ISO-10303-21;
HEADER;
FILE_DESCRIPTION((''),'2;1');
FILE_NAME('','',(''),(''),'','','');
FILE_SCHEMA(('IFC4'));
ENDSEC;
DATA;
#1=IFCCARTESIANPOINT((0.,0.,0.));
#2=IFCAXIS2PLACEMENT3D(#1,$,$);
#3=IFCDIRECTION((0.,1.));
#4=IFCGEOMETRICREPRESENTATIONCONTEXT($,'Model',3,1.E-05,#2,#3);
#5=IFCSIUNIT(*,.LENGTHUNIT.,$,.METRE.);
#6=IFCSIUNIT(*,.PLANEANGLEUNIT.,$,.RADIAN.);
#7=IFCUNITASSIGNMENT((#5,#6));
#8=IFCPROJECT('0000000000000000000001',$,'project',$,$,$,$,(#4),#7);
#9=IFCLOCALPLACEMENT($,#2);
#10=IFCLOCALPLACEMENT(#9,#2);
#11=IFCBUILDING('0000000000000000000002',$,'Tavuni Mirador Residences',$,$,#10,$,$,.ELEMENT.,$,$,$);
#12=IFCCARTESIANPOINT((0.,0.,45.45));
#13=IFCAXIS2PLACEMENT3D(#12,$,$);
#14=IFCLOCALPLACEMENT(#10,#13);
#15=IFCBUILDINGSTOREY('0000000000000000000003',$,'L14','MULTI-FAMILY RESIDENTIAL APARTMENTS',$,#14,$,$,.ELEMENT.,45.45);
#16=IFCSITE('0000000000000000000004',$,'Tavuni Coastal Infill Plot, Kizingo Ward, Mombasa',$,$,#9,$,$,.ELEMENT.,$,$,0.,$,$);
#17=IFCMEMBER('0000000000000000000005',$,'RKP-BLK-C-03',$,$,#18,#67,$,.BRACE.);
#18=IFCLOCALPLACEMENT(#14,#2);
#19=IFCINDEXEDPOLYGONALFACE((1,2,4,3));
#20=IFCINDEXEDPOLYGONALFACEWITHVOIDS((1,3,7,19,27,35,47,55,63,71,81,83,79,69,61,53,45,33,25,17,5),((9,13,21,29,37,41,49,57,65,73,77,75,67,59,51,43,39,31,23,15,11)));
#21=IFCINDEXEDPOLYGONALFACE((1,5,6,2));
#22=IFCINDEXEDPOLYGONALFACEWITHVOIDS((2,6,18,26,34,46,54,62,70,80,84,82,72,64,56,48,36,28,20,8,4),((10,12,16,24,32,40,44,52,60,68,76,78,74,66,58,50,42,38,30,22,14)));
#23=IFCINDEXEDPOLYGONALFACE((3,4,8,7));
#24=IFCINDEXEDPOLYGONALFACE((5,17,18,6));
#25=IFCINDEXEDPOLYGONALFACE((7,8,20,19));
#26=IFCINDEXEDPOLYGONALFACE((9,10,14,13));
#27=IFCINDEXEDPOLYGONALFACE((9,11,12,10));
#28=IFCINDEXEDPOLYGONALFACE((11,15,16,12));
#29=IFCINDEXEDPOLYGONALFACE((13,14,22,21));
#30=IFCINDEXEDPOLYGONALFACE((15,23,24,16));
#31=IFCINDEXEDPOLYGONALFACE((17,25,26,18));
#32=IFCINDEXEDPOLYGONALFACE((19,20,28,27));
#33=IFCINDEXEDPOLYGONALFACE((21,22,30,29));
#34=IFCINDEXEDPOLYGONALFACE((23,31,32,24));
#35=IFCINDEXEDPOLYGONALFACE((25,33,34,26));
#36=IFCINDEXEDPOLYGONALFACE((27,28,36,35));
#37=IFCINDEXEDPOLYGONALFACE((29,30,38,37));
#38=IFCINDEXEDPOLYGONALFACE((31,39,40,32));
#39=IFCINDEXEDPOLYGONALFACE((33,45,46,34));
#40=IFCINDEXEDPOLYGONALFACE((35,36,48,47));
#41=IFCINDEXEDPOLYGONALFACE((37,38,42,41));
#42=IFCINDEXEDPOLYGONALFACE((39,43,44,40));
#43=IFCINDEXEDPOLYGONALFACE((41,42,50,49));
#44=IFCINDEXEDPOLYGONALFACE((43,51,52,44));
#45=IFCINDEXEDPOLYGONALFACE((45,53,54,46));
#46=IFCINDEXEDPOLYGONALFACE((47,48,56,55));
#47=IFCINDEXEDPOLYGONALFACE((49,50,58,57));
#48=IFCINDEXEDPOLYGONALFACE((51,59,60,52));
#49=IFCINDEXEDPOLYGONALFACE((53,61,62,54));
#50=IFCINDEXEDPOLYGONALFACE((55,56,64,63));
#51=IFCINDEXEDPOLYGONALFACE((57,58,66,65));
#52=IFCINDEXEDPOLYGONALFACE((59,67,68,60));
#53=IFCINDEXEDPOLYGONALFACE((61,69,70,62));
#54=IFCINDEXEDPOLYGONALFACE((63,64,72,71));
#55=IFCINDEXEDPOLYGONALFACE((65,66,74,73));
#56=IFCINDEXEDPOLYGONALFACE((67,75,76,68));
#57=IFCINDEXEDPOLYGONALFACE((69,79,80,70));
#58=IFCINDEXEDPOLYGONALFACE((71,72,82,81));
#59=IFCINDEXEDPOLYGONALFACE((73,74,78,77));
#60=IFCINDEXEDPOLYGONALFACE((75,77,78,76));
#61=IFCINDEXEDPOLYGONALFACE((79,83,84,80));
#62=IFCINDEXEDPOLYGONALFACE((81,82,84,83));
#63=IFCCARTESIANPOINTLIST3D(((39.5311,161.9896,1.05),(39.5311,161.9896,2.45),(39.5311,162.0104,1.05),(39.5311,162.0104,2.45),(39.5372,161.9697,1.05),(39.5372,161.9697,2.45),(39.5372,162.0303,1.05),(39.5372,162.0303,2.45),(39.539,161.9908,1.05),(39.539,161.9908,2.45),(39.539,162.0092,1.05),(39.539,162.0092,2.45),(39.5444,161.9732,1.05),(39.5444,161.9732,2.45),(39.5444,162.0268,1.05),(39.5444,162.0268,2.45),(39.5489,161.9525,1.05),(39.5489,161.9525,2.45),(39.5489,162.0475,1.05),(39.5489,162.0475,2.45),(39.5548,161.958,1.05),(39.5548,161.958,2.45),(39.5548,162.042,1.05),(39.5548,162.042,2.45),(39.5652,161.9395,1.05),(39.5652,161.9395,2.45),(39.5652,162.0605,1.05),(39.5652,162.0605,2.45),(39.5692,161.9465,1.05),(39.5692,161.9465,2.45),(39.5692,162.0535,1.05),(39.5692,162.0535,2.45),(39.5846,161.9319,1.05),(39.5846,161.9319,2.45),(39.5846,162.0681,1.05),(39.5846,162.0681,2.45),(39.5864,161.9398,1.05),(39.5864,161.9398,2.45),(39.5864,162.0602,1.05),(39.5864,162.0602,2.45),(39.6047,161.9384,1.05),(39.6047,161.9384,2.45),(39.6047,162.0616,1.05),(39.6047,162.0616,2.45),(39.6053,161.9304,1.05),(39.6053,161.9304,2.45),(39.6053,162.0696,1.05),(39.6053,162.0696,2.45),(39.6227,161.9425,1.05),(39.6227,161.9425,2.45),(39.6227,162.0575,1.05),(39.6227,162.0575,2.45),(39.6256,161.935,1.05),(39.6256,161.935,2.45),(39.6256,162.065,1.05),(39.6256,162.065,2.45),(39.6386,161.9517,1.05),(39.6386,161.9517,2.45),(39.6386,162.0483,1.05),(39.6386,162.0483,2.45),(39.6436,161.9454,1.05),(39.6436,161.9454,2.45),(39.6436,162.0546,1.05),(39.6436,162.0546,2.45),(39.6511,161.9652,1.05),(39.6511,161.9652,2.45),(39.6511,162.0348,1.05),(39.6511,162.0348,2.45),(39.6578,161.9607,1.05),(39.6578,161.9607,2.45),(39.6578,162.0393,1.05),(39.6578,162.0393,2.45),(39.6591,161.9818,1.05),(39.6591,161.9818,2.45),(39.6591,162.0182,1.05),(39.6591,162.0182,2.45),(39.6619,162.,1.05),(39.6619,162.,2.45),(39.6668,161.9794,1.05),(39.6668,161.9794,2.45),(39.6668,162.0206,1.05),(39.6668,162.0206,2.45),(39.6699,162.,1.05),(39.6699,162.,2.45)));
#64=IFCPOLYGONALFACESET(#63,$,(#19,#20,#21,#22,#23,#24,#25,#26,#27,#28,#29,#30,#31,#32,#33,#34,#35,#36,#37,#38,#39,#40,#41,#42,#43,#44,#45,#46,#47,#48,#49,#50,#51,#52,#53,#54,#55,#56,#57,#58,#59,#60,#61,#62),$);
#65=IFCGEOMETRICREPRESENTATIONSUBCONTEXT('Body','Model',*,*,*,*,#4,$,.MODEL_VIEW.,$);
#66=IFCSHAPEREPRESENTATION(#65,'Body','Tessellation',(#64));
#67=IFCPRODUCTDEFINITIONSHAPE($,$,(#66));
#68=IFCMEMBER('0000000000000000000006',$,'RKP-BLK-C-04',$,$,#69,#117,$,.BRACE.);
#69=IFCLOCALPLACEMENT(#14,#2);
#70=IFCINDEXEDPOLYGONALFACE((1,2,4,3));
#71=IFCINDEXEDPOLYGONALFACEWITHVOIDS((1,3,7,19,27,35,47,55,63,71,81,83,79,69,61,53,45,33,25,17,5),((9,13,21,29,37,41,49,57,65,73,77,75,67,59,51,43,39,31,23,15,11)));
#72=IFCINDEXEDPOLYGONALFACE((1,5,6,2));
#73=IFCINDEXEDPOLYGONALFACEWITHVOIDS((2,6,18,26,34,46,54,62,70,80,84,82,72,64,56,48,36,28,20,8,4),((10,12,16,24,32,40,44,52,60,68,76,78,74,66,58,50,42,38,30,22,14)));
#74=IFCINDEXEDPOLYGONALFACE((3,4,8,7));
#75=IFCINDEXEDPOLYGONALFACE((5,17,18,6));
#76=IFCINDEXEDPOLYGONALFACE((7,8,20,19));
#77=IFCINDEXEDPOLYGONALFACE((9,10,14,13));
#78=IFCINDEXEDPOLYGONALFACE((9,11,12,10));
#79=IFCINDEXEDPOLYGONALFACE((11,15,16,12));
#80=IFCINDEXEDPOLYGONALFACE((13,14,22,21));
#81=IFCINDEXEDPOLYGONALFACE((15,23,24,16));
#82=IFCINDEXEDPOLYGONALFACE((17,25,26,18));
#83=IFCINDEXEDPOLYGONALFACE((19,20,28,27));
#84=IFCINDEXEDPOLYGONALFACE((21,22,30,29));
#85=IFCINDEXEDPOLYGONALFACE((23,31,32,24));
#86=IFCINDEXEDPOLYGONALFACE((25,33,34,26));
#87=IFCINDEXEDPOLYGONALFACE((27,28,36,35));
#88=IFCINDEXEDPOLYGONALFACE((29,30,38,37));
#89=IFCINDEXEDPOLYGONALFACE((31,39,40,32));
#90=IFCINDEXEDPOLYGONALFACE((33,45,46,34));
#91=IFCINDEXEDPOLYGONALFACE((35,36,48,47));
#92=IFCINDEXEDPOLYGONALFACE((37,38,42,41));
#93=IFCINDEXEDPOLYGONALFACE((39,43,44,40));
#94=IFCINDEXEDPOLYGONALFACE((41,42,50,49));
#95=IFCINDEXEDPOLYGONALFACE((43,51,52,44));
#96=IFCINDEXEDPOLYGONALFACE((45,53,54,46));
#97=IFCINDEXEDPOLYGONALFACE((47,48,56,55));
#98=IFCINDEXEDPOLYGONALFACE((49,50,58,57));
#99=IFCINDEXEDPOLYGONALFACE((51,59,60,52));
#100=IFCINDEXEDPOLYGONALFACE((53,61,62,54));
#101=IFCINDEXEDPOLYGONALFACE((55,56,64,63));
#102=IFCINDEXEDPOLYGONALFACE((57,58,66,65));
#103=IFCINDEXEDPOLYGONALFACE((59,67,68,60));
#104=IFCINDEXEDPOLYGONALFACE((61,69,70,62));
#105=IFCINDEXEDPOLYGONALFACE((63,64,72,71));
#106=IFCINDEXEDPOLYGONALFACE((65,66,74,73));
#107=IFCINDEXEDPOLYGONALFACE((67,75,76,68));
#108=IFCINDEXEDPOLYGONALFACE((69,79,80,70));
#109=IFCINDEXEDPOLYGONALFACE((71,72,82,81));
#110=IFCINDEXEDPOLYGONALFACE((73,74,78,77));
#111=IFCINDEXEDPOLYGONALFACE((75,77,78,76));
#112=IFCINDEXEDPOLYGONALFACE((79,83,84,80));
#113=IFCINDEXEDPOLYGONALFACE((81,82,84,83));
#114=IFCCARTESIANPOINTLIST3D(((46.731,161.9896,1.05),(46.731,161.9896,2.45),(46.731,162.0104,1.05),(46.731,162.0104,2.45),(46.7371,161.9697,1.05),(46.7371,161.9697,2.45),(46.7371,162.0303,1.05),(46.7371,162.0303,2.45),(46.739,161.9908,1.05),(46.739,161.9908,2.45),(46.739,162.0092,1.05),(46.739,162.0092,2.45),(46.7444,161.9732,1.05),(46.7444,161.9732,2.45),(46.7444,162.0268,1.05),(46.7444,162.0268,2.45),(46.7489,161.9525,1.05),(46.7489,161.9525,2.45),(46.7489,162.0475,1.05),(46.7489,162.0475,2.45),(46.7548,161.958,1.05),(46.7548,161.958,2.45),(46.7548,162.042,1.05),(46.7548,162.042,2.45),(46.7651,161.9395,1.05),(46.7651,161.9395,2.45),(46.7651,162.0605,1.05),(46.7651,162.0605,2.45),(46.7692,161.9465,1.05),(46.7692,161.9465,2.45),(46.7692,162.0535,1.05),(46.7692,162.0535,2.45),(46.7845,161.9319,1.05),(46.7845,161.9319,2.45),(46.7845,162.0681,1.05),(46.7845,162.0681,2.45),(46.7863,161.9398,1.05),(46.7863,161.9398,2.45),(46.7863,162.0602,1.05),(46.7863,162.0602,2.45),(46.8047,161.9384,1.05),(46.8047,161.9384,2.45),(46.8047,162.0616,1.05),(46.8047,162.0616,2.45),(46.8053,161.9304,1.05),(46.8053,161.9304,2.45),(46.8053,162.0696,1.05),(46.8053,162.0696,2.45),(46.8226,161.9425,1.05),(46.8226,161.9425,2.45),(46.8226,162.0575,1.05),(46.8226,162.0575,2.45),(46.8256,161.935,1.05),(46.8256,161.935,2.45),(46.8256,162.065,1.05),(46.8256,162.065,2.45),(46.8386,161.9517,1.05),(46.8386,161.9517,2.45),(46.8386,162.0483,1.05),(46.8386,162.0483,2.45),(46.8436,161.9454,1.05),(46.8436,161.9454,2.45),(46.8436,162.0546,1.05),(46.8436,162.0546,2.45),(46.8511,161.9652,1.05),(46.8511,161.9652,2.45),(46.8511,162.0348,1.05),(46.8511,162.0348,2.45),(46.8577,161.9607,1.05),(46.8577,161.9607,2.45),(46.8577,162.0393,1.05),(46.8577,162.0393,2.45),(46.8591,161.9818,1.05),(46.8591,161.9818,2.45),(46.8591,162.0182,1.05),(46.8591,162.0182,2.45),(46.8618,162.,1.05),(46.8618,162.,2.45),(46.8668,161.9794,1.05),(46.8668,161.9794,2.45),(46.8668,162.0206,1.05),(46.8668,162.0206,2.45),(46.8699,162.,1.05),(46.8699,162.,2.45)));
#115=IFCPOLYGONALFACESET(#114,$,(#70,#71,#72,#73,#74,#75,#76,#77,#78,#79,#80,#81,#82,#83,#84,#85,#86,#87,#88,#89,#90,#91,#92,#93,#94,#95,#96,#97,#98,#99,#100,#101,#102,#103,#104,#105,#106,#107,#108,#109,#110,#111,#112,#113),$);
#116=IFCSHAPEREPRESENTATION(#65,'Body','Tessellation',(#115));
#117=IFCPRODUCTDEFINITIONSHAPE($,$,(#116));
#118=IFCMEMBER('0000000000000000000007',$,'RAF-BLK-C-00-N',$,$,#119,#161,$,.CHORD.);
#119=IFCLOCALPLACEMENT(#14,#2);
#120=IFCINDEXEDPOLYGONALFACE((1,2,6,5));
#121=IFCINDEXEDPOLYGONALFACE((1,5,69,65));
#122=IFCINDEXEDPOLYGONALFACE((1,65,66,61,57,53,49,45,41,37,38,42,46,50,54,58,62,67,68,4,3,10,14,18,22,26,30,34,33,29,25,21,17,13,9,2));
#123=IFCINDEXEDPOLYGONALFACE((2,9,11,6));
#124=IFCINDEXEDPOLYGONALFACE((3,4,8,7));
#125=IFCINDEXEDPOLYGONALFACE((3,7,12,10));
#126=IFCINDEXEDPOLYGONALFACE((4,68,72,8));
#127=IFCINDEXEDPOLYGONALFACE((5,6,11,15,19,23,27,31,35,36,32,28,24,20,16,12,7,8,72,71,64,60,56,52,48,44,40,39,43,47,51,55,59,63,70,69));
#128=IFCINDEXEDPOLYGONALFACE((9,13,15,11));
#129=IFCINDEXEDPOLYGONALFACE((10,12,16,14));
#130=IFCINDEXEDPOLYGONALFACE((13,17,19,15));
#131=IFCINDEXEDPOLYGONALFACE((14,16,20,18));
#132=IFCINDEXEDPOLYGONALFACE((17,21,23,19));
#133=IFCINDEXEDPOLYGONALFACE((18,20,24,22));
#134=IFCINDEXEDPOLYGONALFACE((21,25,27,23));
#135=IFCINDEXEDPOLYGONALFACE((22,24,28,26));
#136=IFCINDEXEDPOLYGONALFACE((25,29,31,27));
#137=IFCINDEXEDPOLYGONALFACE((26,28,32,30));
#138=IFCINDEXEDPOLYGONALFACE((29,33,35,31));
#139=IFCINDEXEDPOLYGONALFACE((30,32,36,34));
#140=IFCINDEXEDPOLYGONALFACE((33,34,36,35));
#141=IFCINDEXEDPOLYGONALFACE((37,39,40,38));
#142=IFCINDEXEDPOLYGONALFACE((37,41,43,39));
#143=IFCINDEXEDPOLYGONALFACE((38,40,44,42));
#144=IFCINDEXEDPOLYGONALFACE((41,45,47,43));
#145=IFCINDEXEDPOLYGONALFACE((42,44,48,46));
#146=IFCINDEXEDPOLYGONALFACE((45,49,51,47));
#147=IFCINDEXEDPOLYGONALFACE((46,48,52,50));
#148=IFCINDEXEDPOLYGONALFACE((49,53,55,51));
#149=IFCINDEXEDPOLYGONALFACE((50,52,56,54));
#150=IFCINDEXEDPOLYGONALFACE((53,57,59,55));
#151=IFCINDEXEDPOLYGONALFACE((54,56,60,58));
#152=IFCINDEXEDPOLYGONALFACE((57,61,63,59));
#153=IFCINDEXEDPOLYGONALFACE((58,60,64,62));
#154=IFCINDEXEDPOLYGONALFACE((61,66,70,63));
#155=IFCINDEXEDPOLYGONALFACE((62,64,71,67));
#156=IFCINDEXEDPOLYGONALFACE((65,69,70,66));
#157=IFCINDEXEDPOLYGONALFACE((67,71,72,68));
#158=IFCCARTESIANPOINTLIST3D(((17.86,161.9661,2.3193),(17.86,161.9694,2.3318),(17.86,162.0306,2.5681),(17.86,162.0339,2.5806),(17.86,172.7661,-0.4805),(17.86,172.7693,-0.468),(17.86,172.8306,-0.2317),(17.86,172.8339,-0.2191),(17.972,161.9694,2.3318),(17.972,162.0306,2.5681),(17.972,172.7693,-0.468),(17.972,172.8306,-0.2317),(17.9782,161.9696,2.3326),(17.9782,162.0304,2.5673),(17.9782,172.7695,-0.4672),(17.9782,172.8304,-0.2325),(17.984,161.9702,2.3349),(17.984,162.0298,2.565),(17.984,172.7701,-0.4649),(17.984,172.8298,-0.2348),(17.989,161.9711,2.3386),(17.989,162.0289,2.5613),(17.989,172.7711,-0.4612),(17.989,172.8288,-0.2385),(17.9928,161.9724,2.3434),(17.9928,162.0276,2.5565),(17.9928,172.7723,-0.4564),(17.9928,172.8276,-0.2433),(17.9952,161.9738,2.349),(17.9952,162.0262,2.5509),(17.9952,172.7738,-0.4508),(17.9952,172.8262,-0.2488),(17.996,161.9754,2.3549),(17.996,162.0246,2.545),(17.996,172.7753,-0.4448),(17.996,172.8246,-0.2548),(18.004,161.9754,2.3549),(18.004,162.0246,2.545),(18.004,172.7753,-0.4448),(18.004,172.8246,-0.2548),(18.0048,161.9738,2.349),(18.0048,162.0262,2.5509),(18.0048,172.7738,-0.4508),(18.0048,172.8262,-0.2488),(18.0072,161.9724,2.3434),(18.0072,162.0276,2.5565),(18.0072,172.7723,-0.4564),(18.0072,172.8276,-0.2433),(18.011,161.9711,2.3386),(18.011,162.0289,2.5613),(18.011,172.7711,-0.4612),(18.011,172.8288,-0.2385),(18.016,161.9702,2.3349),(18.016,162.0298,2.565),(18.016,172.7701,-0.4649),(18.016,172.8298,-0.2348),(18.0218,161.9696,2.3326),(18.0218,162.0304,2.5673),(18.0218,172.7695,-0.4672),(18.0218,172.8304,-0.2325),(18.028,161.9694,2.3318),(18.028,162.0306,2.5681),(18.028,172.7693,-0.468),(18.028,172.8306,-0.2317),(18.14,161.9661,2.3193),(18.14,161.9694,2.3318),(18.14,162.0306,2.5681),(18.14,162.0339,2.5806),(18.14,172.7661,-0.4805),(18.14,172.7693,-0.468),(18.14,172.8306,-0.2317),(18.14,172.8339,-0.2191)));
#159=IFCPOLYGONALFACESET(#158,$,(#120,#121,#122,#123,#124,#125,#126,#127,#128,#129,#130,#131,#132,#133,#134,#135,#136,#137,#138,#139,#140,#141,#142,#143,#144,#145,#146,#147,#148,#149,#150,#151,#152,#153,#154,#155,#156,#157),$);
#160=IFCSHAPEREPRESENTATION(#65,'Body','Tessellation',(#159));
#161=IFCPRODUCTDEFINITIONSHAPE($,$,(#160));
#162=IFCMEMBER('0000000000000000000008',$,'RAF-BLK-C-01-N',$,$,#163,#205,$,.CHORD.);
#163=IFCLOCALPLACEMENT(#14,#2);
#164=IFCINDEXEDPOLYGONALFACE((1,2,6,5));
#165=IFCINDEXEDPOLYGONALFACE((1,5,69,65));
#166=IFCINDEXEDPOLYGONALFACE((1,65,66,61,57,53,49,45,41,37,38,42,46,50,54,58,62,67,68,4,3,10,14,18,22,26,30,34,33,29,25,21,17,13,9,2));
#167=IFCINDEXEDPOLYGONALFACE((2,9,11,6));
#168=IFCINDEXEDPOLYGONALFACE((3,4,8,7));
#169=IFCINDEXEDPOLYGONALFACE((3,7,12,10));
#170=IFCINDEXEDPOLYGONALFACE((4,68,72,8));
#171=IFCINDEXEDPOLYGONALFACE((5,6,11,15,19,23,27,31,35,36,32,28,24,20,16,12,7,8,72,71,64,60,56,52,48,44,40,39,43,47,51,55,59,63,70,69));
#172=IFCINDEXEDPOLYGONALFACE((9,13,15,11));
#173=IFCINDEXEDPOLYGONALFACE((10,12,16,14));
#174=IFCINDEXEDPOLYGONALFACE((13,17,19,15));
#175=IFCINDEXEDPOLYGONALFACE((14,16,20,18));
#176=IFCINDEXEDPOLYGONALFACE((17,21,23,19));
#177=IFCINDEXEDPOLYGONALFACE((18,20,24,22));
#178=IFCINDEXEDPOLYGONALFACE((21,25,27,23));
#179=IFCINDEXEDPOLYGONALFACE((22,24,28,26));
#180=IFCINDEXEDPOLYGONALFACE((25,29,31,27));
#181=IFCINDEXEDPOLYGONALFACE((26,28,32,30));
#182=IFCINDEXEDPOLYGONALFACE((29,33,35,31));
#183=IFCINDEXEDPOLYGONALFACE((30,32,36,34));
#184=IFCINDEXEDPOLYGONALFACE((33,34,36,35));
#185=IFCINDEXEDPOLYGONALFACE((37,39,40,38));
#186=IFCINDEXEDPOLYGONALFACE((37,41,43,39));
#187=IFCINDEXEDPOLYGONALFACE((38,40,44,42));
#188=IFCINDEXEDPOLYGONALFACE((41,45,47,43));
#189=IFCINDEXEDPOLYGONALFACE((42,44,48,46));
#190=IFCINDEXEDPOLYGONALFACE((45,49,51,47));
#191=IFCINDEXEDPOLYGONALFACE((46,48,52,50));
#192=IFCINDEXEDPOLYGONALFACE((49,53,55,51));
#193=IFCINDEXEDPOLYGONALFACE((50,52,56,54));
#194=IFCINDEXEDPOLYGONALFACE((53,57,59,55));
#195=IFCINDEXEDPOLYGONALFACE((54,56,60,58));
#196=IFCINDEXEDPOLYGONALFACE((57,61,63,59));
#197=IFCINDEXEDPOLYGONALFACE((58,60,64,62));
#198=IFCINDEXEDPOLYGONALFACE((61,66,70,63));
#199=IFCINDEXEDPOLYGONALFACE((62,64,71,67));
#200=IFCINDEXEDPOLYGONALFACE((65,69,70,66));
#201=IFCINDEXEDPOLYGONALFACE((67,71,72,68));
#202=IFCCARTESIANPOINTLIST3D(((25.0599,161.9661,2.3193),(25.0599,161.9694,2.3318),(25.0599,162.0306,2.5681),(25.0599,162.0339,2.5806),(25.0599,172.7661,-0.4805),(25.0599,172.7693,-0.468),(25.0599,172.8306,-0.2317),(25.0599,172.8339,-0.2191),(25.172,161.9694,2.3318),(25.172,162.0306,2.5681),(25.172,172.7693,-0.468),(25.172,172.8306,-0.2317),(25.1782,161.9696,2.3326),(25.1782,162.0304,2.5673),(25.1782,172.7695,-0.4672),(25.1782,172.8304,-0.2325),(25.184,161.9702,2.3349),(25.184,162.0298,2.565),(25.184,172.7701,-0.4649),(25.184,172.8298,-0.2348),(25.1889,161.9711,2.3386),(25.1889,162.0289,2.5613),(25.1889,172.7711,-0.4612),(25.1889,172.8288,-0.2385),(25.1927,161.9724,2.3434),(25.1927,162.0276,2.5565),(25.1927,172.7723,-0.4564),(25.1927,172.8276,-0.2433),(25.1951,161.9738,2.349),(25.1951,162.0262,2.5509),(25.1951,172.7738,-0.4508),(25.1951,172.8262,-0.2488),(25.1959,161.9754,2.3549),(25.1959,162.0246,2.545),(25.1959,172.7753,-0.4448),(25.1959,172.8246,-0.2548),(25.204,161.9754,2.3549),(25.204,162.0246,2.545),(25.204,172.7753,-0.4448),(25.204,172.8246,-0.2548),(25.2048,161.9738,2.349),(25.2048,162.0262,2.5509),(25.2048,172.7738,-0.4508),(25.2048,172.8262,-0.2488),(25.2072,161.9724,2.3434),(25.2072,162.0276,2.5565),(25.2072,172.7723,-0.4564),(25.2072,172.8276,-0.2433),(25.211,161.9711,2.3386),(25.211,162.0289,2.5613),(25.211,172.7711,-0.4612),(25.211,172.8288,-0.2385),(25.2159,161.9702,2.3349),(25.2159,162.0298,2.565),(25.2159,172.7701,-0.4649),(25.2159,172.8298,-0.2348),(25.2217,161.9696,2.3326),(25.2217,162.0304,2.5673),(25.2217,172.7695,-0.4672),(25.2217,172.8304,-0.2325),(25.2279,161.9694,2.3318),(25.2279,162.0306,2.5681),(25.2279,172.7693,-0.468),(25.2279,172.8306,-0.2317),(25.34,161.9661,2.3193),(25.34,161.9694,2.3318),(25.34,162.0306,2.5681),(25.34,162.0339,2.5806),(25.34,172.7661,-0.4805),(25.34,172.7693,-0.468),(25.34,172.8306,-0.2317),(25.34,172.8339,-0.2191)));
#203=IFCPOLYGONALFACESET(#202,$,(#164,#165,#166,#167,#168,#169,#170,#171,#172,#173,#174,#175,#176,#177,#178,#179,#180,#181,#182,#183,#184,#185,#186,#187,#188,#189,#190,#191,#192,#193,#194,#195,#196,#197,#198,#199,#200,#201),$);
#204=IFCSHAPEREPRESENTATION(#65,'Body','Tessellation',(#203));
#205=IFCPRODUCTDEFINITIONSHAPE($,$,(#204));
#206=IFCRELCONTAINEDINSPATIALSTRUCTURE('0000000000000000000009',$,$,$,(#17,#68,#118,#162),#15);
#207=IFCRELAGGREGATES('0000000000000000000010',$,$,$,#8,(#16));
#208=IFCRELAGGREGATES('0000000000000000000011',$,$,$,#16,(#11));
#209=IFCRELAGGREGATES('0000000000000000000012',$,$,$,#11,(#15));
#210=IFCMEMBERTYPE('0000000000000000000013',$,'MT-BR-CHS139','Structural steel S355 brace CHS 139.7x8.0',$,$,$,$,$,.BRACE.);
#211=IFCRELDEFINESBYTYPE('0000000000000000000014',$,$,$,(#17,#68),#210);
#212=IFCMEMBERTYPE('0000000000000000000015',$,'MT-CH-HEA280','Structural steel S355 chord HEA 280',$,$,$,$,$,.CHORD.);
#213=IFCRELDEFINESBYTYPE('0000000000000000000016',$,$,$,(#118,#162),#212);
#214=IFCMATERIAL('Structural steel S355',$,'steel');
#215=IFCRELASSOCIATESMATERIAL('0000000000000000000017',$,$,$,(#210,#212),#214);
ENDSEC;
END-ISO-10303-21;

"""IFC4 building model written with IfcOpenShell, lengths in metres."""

from ifc_helpers import new_model, si_unit, direction, frame, origin, origin_2d, place, context, subcontext, project, spatial, hollow_circle, i_section, extrude, material, material_profile, profile_set, type_object, element, save


model = new_model("IFC4")

# Units and contexts
model_context = context("Model", 3, precision=1e-05, world=origin(), true_north=direction((0.0, 1.0)))
body_context = subcontext(model_context, "Body", "Model", "MODEL_VIEW")
ifc_project = project(units=[si_unit("LENGTHUNIT", "METRE"), si_unit("PLANEANGLEUNIT", "RADIAN")], contexts=[model_context])

# Site, building, storey
site_placement = place(None, origin())
site = spatial("IfcSite", under=ifc_project, at=site_placement, Name="Tavuni Coastal Infill Plot, Kizingo Ward, Mombasa", CompositionType="ELEMENT", RefElevation=0.0)
building_placement = place(site_placement, origin())
building = spatial("IfcBuilding", under=site, at=building_placement, Name="Tavuni Mirador Residences", CompositionType="ELEMENT")
storey_placement = place(building_placement, frame((0.0, 0.0, 45.45)))
storey = spatial("IfcBuildingStorey", under=building, at=storey_placement, Name="L14", Description="MULTI-FAMILY RESIDENTIAL APARTMENTS", CompositionType="ELEMENT", Elevation=45.45)

# Members
ifc_material_1 = material(Name="Structural steel S355", Category="steel")
ifc_material_profile_1 = material_profile(ifc_material_1, hollow_circle(Radius=0.0698, WallThickness=0.0081, at=origin_2d()), Name="CHS 139.7x8.0", Category="steel")
ifc_profile_set_1 = profile_set([ifc_material_profile_1], Name="Structural steel S355")
member_type_1 = type_object("IfcMemberType", Name="MT-BR-CHS139", Description="Structural steel S355 brace CHS 139.7x8.0", PredefinedType="BRACE", material=ifc_profile_set_1)
for number, where, z_axis, x_axis, name in (
    (1, (39.6001, 162.0, 1.05), (0.0, 0.0, 1.0), (1.0, 0.0, 0.0), "RKP-BLK-C-03"),
    (2, (46.8, 162.0, 1.05), (0.0, 0.0, 1.0), (1.0, 0.0, 0.0), "RKP-BLK-C-04"),
):
    element("IfcMember", number, at=place(storey_placement, frame(where, z_axis=z_axis, x_axis=x_axis)), inside=storey, type_object=member_type_1, Name=name, PredefinedType="BRACE", context=body_context, shape_type="SweptSolid", body=[
        extrude(hollow_circle(Radius=0.0698, WallThickness=0.0081, at=origin_2d()), origin(), (0.0, 0.0, 1.0), 1.3999),
    ])
ifc_material_profile_2 = material_profile(ifc_material_1, i_section(OverallWidth=0.28, OverallDepth=0.27, WebThickness=0.0081, FlangeThickness=0.0129, FilletRadius=0.0239, at=origin_2d()), Name="HEA 280", Category="steel")
ifc_profile_set_2 = profile_set([ifc_material_profile_2], Name="Structural steel S355")
member_type_2 = type_object("IfcMemberType", Name="MT-CH-HEA280", Description="Structural steel S355 chord HEA 280", PredefinedType="CHORD", material=ifc_profile_set_2)
for number, where, z_axis, x_axis, name in (
    (3, (18.0, 162.0, 2.45), (0.0, 0.968001, -0.250945), (-1.0, 0.0, 0.0), "RAF-BLK-C-00-N"),
    (4, (25.2, 162.0, 2.45), (0.0, 0.968001, -0.250945), (-1.0, 0.0, 0.0), "RAF-BLK-C-01-N"),
):
    element("IfcMember", number, at=place(storey_placement, frame(where, z_axis=z_axis, x_axis=x_axis)), inside=storey, type_object=member_type_2, Name=name, PredefinedType="CHORD", context=body_context, shape_type="SweptSolid", body=[
        extrude(i_section(OverallWidth=0.28, OverallDepth=0.27, WebThickness=0.0081, FlangeThickness=0.0129, FilletRadius=0.0239, at=origin_2d()), origin(), (0.0, 0.0, 1.0), 11.157),
    ])

save(model, "model.ifc")
